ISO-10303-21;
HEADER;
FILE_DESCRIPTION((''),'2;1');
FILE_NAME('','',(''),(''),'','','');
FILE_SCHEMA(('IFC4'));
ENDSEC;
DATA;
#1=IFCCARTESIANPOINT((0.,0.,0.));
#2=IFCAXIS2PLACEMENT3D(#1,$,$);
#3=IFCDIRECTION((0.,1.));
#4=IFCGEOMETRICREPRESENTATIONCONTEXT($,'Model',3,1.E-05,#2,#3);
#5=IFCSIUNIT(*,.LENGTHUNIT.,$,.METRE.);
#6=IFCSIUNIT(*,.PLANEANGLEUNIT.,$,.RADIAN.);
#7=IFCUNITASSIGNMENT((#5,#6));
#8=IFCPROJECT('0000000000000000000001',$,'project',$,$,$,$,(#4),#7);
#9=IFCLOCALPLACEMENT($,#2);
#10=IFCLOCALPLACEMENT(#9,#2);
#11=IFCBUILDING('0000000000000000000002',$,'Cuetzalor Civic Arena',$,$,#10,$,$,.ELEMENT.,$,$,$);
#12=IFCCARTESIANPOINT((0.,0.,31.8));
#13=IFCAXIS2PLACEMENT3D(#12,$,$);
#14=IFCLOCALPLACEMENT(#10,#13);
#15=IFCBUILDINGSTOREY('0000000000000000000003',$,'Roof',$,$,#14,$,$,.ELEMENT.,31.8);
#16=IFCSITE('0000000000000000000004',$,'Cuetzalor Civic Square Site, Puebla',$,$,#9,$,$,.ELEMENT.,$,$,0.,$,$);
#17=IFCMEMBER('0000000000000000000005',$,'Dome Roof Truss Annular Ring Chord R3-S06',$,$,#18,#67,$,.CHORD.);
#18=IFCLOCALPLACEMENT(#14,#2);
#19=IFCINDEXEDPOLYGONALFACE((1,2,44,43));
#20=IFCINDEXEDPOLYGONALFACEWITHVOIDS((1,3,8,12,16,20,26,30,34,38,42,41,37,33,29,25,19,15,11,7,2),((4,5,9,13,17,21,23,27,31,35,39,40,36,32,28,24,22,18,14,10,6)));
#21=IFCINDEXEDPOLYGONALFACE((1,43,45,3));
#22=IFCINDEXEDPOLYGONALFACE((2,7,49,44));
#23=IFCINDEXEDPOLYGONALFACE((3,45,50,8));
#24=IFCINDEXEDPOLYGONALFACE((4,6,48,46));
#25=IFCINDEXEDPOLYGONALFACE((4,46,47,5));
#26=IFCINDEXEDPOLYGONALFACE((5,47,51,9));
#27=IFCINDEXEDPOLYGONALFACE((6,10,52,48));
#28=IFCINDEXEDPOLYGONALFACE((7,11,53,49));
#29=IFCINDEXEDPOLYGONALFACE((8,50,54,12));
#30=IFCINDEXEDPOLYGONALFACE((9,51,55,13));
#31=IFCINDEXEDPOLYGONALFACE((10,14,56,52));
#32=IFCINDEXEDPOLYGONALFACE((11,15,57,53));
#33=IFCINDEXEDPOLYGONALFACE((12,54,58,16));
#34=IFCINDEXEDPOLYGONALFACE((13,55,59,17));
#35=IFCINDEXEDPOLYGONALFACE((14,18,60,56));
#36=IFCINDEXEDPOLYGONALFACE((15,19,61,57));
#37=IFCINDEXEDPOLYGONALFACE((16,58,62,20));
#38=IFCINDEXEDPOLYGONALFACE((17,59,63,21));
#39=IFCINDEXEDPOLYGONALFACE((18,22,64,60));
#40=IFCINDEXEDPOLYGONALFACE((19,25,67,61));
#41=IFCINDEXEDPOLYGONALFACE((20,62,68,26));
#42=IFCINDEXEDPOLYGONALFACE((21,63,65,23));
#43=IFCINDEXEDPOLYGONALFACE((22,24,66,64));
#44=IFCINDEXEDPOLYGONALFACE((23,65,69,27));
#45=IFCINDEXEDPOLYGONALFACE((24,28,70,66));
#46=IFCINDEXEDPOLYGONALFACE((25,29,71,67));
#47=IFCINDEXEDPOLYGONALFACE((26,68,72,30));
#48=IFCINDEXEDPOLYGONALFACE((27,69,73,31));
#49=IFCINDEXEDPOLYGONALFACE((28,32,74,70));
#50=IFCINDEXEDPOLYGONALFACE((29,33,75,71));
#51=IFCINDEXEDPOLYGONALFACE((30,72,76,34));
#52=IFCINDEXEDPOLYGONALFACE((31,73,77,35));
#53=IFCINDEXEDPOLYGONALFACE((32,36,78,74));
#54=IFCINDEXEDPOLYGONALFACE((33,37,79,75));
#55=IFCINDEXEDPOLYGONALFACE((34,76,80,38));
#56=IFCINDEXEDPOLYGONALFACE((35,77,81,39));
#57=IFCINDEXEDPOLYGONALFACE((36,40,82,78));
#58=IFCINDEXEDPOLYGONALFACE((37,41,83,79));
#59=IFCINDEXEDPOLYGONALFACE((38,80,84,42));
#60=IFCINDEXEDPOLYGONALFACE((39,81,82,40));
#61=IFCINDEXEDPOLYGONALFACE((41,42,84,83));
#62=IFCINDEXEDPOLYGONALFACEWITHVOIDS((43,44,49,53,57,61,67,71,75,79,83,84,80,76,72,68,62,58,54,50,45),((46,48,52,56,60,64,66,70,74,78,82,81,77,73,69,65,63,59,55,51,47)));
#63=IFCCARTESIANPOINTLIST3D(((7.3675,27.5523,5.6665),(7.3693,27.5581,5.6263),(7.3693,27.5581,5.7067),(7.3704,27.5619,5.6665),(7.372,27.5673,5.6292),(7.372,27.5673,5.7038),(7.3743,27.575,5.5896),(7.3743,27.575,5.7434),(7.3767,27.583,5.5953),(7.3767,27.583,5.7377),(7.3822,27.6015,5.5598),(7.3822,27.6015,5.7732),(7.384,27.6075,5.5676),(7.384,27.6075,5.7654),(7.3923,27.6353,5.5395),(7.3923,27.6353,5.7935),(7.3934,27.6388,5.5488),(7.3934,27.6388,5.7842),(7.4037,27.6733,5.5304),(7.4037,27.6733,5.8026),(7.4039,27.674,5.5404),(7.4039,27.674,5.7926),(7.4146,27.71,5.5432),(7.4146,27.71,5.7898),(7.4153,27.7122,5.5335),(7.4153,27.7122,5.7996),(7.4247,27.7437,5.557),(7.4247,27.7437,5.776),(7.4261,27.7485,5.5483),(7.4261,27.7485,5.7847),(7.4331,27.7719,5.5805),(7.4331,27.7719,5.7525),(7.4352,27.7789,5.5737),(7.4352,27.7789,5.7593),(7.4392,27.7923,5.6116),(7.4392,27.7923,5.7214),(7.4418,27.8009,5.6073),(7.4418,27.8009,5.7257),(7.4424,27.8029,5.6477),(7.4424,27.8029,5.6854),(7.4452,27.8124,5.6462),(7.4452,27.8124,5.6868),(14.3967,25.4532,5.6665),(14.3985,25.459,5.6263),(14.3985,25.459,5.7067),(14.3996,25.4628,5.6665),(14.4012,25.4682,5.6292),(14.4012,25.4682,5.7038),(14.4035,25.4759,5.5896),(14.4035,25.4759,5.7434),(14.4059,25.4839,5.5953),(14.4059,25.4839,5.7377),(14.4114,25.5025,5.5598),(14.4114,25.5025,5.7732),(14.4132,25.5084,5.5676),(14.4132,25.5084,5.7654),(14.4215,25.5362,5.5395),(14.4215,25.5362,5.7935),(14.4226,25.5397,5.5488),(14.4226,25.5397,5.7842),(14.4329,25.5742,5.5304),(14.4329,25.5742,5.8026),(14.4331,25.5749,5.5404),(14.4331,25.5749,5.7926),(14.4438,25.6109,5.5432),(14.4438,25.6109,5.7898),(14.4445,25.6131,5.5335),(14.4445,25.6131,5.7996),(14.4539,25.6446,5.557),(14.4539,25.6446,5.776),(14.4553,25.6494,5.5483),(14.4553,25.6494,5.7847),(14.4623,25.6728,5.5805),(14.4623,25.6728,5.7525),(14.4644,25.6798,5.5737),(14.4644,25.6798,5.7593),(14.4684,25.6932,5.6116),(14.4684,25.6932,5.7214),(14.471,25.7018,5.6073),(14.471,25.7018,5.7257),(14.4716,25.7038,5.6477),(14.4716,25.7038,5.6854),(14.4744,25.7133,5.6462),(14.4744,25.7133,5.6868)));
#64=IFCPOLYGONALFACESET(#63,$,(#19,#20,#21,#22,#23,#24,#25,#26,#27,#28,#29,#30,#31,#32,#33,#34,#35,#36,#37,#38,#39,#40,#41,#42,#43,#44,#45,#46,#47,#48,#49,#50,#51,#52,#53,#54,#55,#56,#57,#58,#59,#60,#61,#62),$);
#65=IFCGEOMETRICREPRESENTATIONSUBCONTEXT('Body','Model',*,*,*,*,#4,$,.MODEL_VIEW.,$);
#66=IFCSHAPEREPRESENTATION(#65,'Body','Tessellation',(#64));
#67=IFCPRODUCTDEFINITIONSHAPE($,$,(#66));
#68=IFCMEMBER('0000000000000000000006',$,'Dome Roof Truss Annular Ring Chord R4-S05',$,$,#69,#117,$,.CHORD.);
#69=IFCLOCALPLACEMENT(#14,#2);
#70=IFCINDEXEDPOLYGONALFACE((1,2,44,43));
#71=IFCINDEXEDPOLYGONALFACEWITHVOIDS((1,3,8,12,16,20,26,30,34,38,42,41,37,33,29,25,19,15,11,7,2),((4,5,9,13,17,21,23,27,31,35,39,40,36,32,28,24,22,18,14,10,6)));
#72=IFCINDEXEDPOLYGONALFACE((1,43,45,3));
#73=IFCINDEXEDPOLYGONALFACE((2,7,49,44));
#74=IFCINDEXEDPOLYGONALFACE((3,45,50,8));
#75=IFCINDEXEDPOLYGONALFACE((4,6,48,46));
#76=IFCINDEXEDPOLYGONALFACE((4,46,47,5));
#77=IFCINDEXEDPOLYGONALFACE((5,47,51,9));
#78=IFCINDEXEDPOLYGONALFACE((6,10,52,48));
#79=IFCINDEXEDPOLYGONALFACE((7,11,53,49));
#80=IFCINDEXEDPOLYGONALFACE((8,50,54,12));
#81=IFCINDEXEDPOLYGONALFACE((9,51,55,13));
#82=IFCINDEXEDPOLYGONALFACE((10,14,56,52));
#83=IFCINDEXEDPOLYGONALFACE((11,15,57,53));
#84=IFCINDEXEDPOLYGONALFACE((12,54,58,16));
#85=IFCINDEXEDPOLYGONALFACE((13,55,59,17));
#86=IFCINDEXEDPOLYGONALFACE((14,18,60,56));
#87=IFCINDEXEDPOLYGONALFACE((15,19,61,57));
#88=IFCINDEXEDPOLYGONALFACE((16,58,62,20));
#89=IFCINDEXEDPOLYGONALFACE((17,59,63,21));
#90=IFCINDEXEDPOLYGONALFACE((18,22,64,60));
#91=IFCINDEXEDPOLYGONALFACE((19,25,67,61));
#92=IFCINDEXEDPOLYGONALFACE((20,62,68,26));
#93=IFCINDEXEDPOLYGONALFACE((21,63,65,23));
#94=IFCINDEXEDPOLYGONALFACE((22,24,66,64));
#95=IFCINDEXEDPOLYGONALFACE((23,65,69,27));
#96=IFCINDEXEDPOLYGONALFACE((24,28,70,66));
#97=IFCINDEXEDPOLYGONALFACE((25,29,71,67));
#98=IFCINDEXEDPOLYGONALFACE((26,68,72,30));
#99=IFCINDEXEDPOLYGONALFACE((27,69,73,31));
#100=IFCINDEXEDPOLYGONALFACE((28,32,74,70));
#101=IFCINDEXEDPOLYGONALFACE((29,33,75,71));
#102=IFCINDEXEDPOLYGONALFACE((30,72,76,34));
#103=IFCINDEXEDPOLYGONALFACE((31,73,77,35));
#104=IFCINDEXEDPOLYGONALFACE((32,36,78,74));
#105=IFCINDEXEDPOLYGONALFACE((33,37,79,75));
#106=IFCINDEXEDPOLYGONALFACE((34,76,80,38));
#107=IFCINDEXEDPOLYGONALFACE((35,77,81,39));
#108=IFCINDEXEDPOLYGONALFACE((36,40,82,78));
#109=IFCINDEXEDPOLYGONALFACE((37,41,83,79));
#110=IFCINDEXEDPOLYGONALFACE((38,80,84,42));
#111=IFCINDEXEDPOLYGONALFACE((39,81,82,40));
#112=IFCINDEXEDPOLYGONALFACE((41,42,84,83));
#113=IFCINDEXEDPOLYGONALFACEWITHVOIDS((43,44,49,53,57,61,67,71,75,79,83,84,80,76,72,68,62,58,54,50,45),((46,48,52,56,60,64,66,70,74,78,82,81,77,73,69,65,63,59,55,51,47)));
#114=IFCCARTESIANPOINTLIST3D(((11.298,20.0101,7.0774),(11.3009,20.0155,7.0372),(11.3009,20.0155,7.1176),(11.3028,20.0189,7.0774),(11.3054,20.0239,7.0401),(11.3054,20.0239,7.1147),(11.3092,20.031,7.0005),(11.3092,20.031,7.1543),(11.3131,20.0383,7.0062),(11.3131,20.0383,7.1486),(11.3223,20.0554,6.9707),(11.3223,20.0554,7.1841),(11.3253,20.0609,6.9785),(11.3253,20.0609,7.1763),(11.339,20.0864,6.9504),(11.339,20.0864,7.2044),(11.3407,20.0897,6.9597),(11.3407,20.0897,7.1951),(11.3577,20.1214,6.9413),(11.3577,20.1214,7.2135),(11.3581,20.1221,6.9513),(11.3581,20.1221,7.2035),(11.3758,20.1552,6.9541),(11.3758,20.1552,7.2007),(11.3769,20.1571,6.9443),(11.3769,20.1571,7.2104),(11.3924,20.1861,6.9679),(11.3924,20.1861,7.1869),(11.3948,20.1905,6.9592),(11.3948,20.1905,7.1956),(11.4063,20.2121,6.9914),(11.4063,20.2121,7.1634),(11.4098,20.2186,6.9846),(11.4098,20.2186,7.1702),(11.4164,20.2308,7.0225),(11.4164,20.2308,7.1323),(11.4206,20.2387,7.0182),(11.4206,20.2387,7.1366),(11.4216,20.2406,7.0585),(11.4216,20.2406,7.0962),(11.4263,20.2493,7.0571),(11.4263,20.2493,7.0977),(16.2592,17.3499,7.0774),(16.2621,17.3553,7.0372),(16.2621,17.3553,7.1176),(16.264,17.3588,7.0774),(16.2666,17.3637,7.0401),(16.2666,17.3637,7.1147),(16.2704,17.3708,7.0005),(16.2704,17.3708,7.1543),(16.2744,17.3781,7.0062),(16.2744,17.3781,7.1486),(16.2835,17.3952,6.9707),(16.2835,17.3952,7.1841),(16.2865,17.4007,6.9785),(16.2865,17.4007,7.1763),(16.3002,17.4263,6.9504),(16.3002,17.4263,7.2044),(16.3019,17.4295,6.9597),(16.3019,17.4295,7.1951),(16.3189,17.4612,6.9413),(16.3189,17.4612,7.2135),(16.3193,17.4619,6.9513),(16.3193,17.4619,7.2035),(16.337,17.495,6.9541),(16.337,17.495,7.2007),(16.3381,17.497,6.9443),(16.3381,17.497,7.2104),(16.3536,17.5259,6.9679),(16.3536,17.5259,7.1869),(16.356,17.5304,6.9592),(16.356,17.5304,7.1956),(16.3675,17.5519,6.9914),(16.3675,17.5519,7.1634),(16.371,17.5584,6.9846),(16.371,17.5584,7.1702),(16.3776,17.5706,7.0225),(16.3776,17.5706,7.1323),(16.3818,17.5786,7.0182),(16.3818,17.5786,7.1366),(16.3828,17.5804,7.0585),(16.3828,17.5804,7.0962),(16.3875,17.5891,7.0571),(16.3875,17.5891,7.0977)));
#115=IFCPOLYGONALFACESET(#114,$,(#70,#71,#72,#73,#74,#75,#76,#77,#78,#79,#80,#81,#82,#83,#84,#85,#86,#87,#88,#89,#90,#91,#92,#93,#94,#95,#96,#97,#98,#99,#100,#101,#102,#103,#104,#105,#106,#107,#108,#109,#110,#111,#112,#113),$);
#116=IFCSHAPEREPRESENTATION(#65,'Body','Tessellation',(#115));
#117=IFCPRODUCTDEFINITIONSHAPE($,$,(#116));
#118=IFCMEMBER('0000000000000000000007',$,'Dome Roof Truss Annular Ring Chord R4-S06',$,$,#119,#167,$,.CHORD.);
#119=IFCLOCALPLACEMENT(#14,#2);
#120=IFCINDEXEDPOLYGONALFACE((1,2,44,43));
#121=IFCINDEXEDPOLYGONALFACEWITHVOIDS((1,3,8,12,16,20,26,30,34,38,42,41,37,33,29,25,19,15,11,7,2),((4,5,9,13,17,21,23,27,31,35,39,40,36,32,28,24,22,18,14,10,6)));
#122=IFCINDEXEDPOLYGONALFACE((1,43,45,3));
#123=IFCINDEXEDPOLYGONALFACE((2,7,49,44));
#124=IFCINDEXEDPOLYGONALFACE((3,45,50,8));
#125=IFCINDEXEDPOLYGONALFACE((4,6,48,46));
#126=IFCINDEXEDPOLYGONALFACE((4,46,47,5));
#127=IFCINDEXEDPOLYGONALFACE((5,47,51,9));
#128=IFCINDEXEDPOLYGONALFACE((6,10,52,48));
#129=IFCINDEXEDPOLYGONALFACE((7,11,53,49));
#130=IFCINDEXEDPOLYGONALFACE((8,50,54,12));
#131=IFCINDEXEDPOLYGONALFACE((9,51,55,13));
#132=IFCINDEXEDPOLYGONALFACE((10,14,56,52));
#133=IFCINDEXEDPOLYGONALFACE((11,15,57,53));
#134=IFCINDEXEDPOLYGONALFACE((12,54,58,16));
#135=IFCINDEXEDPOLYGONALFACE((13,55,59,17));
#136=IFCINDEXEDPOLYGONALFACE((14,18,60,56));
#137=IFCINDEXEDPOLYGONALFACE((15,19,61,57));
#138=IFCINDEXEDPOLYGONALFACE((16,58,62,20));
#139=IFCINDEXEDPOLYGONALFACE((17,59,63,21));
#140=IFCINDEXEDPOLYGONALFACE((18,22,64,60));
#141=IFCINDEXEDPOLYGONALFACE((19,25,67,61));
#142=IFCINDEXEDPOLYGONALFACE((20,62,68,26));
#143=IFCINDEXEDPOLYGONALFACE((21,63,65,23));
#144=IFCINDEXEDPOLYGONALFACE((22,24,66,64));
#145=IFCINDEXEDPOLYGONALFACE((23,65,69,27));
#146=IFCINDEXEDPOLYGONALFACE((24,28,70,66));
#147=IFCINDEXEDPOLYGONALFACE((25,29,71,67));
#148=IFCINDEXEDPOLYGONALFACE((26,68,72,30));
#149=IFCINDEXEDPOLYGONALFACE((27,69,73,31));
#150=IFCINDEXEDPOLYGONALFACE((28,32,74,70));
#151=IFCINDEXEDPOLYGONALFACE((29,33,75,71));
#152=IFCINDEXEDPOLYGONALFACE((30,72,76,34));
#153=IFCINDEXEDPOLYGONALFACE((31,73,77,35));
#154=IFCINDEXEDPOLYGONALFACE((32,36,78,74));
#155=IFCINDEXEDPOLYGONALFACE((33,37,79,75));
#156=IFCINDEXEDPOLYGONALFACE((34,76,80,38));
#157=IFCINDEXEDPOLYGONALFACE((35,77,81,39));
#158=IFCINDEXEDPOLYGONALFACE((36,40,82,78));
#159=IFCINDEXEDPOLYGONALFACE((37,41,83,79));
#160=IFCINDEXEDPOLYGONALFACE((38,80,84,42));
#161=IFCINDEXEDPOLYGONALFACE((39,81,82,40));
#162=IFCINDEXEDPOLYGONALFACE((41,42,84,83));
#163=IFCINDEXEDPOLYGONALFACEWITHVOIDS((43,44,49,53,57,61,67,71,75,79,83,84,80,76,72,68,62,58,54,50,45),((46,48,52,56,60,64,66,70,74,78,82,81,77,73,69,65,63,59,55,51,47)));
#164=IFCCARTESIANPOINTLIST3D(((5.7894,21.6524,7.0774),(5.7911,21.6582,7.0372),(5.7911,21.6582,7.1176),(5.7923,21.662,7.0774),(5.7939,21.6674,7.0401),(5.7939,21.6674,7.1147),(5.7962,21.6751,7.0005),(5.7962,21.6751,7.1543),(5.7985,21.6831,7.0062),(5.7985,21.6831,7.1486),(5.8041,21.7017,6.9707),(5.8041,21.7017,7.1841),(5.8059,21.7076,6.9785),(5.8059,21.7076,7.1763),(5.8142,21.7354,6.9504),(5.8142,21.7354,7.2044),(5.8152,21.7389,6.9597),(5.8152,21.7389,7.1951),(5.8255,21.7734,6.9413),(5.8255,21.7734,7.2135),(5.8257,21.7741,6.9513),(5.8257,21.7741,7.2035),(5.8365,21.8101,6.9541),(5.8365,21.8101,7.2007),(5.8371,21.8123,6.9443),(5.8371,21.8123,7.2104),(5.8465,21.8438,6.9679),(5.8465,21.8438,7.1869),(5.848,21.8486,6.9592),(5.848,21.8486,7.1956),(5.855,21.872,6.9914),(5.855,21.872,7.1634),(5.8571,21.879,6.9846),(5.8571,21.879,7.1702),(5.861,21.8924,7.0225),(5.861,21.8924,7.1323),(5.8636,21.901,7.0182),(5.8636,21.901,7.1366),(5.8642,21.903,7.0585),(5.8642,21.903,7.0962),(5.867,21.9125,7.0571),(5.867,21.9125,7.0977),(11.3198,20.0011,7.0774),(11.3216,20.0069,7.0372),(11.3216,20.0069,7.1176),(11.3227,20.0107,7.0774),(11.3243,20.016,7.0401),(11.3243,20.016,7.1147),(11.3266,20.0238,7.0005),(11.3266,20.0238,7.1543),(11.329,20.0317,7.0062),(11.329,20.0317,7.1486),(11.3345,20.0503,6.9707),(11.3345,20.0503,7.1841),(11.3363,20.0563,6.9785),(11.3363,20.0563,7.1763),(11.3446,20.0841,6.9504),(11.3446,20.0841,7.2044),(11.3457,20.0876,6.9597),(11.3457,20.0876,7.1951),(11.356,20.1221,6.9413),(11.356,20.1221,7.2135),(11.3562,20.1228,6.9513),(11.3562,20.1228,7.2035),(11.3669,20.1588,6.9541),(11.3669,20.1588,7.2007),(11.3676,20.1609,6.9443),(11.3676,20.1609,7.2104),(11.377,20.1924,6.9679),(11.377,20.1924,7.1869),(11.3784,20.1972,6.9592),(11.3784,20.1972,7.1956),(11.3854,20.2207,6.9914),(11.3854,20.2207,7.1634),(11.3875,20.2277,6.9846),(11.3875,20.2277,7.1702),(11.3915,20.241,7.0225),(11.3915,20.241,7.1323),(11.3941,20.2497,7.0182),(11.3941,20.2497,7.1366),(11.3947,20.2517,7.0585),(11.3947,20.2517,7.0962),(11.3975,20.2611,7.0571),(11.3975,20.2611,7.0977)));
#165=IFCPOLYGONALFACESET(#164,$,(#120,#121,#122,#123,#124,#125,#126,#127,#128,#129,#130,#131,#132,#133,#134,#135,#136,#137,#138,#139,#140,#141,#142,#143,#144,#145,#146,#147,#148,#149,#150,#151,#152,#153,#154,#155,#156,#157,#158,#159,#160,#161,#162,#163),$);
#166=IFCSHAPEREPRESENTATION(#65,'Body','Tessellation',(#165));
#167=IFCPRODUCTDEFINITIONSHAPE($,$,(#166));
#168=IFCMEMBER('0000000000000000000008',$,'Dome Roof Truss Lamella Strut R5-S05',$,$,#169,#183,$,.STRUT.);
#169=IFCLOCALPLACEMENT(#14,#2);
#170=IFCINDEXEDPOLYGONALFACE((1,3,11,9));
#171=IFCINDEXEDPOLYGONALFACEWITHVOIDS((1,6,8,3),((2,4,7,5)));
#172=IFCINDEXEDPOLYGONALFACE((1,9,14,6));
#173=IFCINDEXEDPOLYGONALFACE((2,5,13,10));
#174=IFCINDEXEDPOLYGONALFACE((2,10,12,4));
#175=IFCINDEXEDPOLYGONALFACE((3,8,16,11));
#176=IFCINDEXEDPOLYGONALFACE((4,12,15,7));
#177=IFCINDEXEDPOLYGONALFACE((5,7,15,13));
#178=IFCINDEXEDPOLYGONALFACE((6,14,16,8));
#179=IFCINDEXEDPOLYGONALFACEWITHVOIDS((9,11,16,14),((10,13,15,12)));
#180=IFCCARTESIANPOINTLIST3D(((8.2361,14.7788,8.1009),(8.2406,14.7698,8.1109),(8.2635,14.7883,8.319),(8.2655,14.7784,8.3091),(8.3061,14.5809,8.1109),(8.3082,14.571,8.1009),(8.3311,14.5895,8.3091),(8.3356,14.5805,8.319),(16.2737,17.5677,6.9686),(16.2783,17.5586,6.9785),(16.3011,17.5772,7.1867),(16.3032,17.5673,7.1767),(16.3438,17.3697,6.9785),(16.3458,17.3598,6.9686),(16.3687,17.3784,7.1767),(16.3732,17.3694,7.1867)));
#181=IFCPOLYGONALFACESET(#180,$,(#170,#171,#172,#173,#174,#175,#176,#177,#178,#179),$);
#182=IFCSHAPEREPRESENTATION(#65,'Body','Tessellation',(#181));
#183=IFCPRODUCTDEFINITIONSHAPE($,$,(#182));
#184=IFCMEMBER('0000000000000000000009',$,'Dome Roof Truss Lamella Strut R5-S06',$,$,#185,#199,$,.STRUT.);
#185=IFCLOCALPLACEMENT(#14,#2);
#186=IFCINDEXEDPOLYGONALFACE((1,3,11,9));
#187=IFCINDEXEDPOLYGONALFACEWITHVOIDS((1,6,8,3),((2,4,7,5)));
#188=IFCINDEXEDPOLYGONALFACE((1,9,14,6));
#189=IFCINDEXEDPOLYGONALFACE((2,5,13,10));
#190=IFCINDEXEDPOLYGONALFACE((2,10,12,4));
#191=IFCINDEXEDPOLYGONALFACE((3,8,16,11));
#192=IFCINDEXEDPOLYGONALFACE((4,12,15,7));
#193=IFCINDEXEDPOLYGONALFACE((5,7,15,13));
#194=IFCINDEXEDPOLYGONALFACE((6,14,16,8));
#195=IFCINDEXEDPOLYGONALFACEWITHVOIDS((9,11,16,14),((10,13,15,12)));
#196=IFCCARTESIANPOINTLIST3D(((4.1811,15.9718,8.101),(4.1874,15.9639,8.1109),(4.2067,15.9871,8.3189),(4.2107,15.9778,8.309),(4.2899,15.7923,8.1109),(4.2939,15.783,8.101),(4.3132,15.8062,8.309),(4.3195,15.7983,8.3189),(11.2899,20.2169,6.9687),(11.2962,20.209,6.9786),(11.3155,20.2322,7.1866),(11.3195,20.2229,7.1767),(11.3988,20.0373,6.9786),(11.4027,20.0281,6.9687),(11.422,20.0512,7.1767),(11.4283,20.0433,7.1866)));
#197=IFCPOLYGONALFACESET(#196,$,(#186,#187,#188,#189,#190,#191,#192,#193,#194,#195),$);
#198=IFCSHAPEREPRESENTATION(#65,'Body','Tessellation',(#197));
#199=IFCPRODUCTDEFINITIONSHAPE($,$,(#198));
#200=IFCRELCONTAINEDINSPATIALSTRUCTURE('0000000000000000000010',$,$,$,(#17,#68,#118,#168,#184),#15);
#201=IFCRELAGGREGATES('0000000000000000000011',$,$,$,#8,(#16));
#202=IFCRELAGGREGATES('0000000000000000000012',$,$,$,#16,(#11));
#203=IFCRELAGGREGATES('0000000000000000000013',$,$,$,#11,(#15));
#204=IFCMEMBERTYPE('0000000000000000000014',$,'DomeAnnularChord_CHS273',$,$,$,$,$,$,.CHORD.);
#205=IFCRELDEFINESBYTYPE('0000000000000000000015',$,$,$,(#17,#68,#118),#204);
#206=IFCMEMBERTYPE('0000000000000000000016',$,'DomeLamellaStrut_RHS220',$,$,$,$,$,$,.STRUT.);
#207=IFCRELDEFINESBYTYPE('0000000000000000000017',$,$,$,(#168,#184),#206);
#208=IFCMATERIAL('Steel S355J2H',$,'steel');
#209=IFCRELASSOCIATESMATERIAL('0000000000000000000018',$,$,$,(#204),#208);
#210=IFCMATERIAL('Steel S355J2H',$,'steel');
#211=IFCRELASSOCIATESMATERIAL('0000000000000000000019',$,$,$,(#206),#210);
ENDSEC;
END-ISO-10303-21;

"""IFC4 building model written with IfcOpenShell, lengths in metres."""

from ifc_helpers import new_model, si_unit, direction, frame, origin, origin_2d, place, context, subcontext, project, spatial, hollow_rectangle, hollow_circle, extrude, material, material_profile, profile_set, type_object, element, save


model = new_model("IFC4")

# Units and contexts
model_context = context("Model", 3, precision=1e-05, world=origin(), true_north=direction((0.0, 1.0)))
body_context = subcontext(model_context, "Body", "Model", "MODEL_VIEW")
ifc_project = project(units=[si_unit("LENGTHUNIT", "METRE"), si_unit("PLANEANGLEUNIT", "RADIAN")], contexts=[model_context])

# Site, building, storey
site_placement = place(None, origin())
site = spatial("IfcSite", under=ifc_project, at=site_placement, Name="Cuetzalor Civic Square Site, Puebla", CompositionType="ELEMENT", RefElevation=0.0)
building_placement = place(site_placement, origin())
building = spatial("IfcBuilding", under=site, at=building_placement, Name="Cuetzalor Civic Arena", CompositionType="ELEMENT")
storey_placement = place(building_placement, frame((0.0, 0.0, 31.8)))
storey = spatial("IfcBuildingStorey", under=building, at=storey_placement, Name="Roof", CompositionType="ELEMENT", Elevation=31.8)

# Members
ifc_material_1 = material(Name="Steel S355J2H", Category="steel")
ifc_material_profile_1 = material_profile(ifc_material_1, hollow_circle(Radius=0.1365, WallThickness=0.01, at=origin_2d()), Name="CHS 273x10")
ifc_profile_set_1 = profile_set([ifc_material_profile_1], Name="Steel S355J2H")
member_type_1 = type_object("IfcMemberType", Name="DomeAnnularChord_CHS273", PredefinedType="CHORD", material=ifc_profile_set_1)
member_1_placement = place(storey_placement, frame((14.4358, 25.584, 5.6665), z_axis=(-0.958188, 0.286139, 0.0), x_axis=(-0.286139, -0.958188, 0.0)))
element("IfcMember", 1, at=member_1_placement, inside=storey, type_object=member_type_1, Name="Dome Roof Truss Annular Ring Chord R3-S06", PredefinedType="CHORD", context=body_context, shape_type="SweptSolid", body=[
    extrude(hollow_circle(Radius=0.1365, WallThickness=0.01, at=origin_2d()), origin(), (0.0, 0.0, 1.0), 7.3359),
])
member_2_placement = place(storey_placement, frame((16.3237, 17.4702, 7.0774), z_axis=(-0.881304, 0.47255, 0.0), x_axis=(-0.47255, -0.881304, 0.0)))
element("IfcMember", 2, at=member_2_placement, inside=storey, type_object=member_type_1, Name="Dome Roof Truss Annular Ring Chord R4-S05", PredefinedType="CHORD", context=body_context, shape_type="SweptSolid", body=[
    extrude(hollow_circle(Radius=0.1365, WallThickness=0.01, at=origin_2d()), origin(), (0.0, 0.0, 1.0), 5.6294),
])
member_3_placement = place(storey_placement, frame((11.3589, 20.1318, 7.0774), z_axis=(-0.958197, 0.28611, 0.0), x_axis=(-0.28611, -0.958197, 0.0)))
element("IfcMember", 3, at=member_3_placement, inside=storey, type_object=member_type_1, Name="Dome Roof Truss Annular Ring Chord R4-S06", PredefinedType="CHORD", context=body_context, shape_type="SweptSolid", body=[
    extrude(hollow_circle(Radius=0.1365, WallThickness=0.01, at=origin_2d()), origin(), (0.0, 0.0, 1.0), 5.7717),
])
ifc_material_2 = material(Name="Steel S355J2H", Category="steel")
ifc_material_profile_2 = material_profile(ifc_material_2, hollow_rectangle(XDim=0.22, YDim=0.22, WallThickness=0.01, at=origin_2d()), Name="RHS 220x220x10")
ifc_profile_set_2 = profile_set([ifc_material_profile_2], Name="Steel S355J2H")
member_type_2 = type_object("IfcMemberType", Name="DomeLamellaStrut_RHS220", PredefinedType="STRUT", material=ifc_profile_set_2)
member_4_placement = place(storey_placement, frame((16.3235, 17.4685, 7.0776), z_axis=(-0.936489, -0.324935, 0.131931), x_axis=(0.3278, -0.944747, 0.0)))
element("IfcMember", 4, at=member_4_placement, inside=storey, type_object=member_type_2, Name="Dome Roof Truss Lamella Strut R5-S05", PredefinedType="STRUT", context=body_context, shape_type="SweptSolid", body=[
    extrude(hollow_rectangle(XDim=0.22, YDim=0.22, WallThickness=0.01, at=origin_2d()), origin(), (0.0, 0.0, 1.0), 8.5828),
])
member_5_placement = place(storey_placement, frame((11.3591, 20.1301, 7.0776), z_axis=(-0.850651, -0.507971, 0.135494), x_axis=(0.512699, -0.858568, 0.0)))
element("IfcMember", 5, at=member_5_placement, inside=storey, type_object=member_type_2, Name="Dome Roof Truss Lamella Strut R5-S06", PredefinedType="STRUT", context=body_context, shape_type="SweptSolid", body=[
    extrude(hollow_rectangle(XDim=0.22, YDim=0.22, WallThickness=0.01, at=origin_2d()), origin(), (0.0, 0.0, 1.0), 8.3569),
])

save(model, "model.ifc")
